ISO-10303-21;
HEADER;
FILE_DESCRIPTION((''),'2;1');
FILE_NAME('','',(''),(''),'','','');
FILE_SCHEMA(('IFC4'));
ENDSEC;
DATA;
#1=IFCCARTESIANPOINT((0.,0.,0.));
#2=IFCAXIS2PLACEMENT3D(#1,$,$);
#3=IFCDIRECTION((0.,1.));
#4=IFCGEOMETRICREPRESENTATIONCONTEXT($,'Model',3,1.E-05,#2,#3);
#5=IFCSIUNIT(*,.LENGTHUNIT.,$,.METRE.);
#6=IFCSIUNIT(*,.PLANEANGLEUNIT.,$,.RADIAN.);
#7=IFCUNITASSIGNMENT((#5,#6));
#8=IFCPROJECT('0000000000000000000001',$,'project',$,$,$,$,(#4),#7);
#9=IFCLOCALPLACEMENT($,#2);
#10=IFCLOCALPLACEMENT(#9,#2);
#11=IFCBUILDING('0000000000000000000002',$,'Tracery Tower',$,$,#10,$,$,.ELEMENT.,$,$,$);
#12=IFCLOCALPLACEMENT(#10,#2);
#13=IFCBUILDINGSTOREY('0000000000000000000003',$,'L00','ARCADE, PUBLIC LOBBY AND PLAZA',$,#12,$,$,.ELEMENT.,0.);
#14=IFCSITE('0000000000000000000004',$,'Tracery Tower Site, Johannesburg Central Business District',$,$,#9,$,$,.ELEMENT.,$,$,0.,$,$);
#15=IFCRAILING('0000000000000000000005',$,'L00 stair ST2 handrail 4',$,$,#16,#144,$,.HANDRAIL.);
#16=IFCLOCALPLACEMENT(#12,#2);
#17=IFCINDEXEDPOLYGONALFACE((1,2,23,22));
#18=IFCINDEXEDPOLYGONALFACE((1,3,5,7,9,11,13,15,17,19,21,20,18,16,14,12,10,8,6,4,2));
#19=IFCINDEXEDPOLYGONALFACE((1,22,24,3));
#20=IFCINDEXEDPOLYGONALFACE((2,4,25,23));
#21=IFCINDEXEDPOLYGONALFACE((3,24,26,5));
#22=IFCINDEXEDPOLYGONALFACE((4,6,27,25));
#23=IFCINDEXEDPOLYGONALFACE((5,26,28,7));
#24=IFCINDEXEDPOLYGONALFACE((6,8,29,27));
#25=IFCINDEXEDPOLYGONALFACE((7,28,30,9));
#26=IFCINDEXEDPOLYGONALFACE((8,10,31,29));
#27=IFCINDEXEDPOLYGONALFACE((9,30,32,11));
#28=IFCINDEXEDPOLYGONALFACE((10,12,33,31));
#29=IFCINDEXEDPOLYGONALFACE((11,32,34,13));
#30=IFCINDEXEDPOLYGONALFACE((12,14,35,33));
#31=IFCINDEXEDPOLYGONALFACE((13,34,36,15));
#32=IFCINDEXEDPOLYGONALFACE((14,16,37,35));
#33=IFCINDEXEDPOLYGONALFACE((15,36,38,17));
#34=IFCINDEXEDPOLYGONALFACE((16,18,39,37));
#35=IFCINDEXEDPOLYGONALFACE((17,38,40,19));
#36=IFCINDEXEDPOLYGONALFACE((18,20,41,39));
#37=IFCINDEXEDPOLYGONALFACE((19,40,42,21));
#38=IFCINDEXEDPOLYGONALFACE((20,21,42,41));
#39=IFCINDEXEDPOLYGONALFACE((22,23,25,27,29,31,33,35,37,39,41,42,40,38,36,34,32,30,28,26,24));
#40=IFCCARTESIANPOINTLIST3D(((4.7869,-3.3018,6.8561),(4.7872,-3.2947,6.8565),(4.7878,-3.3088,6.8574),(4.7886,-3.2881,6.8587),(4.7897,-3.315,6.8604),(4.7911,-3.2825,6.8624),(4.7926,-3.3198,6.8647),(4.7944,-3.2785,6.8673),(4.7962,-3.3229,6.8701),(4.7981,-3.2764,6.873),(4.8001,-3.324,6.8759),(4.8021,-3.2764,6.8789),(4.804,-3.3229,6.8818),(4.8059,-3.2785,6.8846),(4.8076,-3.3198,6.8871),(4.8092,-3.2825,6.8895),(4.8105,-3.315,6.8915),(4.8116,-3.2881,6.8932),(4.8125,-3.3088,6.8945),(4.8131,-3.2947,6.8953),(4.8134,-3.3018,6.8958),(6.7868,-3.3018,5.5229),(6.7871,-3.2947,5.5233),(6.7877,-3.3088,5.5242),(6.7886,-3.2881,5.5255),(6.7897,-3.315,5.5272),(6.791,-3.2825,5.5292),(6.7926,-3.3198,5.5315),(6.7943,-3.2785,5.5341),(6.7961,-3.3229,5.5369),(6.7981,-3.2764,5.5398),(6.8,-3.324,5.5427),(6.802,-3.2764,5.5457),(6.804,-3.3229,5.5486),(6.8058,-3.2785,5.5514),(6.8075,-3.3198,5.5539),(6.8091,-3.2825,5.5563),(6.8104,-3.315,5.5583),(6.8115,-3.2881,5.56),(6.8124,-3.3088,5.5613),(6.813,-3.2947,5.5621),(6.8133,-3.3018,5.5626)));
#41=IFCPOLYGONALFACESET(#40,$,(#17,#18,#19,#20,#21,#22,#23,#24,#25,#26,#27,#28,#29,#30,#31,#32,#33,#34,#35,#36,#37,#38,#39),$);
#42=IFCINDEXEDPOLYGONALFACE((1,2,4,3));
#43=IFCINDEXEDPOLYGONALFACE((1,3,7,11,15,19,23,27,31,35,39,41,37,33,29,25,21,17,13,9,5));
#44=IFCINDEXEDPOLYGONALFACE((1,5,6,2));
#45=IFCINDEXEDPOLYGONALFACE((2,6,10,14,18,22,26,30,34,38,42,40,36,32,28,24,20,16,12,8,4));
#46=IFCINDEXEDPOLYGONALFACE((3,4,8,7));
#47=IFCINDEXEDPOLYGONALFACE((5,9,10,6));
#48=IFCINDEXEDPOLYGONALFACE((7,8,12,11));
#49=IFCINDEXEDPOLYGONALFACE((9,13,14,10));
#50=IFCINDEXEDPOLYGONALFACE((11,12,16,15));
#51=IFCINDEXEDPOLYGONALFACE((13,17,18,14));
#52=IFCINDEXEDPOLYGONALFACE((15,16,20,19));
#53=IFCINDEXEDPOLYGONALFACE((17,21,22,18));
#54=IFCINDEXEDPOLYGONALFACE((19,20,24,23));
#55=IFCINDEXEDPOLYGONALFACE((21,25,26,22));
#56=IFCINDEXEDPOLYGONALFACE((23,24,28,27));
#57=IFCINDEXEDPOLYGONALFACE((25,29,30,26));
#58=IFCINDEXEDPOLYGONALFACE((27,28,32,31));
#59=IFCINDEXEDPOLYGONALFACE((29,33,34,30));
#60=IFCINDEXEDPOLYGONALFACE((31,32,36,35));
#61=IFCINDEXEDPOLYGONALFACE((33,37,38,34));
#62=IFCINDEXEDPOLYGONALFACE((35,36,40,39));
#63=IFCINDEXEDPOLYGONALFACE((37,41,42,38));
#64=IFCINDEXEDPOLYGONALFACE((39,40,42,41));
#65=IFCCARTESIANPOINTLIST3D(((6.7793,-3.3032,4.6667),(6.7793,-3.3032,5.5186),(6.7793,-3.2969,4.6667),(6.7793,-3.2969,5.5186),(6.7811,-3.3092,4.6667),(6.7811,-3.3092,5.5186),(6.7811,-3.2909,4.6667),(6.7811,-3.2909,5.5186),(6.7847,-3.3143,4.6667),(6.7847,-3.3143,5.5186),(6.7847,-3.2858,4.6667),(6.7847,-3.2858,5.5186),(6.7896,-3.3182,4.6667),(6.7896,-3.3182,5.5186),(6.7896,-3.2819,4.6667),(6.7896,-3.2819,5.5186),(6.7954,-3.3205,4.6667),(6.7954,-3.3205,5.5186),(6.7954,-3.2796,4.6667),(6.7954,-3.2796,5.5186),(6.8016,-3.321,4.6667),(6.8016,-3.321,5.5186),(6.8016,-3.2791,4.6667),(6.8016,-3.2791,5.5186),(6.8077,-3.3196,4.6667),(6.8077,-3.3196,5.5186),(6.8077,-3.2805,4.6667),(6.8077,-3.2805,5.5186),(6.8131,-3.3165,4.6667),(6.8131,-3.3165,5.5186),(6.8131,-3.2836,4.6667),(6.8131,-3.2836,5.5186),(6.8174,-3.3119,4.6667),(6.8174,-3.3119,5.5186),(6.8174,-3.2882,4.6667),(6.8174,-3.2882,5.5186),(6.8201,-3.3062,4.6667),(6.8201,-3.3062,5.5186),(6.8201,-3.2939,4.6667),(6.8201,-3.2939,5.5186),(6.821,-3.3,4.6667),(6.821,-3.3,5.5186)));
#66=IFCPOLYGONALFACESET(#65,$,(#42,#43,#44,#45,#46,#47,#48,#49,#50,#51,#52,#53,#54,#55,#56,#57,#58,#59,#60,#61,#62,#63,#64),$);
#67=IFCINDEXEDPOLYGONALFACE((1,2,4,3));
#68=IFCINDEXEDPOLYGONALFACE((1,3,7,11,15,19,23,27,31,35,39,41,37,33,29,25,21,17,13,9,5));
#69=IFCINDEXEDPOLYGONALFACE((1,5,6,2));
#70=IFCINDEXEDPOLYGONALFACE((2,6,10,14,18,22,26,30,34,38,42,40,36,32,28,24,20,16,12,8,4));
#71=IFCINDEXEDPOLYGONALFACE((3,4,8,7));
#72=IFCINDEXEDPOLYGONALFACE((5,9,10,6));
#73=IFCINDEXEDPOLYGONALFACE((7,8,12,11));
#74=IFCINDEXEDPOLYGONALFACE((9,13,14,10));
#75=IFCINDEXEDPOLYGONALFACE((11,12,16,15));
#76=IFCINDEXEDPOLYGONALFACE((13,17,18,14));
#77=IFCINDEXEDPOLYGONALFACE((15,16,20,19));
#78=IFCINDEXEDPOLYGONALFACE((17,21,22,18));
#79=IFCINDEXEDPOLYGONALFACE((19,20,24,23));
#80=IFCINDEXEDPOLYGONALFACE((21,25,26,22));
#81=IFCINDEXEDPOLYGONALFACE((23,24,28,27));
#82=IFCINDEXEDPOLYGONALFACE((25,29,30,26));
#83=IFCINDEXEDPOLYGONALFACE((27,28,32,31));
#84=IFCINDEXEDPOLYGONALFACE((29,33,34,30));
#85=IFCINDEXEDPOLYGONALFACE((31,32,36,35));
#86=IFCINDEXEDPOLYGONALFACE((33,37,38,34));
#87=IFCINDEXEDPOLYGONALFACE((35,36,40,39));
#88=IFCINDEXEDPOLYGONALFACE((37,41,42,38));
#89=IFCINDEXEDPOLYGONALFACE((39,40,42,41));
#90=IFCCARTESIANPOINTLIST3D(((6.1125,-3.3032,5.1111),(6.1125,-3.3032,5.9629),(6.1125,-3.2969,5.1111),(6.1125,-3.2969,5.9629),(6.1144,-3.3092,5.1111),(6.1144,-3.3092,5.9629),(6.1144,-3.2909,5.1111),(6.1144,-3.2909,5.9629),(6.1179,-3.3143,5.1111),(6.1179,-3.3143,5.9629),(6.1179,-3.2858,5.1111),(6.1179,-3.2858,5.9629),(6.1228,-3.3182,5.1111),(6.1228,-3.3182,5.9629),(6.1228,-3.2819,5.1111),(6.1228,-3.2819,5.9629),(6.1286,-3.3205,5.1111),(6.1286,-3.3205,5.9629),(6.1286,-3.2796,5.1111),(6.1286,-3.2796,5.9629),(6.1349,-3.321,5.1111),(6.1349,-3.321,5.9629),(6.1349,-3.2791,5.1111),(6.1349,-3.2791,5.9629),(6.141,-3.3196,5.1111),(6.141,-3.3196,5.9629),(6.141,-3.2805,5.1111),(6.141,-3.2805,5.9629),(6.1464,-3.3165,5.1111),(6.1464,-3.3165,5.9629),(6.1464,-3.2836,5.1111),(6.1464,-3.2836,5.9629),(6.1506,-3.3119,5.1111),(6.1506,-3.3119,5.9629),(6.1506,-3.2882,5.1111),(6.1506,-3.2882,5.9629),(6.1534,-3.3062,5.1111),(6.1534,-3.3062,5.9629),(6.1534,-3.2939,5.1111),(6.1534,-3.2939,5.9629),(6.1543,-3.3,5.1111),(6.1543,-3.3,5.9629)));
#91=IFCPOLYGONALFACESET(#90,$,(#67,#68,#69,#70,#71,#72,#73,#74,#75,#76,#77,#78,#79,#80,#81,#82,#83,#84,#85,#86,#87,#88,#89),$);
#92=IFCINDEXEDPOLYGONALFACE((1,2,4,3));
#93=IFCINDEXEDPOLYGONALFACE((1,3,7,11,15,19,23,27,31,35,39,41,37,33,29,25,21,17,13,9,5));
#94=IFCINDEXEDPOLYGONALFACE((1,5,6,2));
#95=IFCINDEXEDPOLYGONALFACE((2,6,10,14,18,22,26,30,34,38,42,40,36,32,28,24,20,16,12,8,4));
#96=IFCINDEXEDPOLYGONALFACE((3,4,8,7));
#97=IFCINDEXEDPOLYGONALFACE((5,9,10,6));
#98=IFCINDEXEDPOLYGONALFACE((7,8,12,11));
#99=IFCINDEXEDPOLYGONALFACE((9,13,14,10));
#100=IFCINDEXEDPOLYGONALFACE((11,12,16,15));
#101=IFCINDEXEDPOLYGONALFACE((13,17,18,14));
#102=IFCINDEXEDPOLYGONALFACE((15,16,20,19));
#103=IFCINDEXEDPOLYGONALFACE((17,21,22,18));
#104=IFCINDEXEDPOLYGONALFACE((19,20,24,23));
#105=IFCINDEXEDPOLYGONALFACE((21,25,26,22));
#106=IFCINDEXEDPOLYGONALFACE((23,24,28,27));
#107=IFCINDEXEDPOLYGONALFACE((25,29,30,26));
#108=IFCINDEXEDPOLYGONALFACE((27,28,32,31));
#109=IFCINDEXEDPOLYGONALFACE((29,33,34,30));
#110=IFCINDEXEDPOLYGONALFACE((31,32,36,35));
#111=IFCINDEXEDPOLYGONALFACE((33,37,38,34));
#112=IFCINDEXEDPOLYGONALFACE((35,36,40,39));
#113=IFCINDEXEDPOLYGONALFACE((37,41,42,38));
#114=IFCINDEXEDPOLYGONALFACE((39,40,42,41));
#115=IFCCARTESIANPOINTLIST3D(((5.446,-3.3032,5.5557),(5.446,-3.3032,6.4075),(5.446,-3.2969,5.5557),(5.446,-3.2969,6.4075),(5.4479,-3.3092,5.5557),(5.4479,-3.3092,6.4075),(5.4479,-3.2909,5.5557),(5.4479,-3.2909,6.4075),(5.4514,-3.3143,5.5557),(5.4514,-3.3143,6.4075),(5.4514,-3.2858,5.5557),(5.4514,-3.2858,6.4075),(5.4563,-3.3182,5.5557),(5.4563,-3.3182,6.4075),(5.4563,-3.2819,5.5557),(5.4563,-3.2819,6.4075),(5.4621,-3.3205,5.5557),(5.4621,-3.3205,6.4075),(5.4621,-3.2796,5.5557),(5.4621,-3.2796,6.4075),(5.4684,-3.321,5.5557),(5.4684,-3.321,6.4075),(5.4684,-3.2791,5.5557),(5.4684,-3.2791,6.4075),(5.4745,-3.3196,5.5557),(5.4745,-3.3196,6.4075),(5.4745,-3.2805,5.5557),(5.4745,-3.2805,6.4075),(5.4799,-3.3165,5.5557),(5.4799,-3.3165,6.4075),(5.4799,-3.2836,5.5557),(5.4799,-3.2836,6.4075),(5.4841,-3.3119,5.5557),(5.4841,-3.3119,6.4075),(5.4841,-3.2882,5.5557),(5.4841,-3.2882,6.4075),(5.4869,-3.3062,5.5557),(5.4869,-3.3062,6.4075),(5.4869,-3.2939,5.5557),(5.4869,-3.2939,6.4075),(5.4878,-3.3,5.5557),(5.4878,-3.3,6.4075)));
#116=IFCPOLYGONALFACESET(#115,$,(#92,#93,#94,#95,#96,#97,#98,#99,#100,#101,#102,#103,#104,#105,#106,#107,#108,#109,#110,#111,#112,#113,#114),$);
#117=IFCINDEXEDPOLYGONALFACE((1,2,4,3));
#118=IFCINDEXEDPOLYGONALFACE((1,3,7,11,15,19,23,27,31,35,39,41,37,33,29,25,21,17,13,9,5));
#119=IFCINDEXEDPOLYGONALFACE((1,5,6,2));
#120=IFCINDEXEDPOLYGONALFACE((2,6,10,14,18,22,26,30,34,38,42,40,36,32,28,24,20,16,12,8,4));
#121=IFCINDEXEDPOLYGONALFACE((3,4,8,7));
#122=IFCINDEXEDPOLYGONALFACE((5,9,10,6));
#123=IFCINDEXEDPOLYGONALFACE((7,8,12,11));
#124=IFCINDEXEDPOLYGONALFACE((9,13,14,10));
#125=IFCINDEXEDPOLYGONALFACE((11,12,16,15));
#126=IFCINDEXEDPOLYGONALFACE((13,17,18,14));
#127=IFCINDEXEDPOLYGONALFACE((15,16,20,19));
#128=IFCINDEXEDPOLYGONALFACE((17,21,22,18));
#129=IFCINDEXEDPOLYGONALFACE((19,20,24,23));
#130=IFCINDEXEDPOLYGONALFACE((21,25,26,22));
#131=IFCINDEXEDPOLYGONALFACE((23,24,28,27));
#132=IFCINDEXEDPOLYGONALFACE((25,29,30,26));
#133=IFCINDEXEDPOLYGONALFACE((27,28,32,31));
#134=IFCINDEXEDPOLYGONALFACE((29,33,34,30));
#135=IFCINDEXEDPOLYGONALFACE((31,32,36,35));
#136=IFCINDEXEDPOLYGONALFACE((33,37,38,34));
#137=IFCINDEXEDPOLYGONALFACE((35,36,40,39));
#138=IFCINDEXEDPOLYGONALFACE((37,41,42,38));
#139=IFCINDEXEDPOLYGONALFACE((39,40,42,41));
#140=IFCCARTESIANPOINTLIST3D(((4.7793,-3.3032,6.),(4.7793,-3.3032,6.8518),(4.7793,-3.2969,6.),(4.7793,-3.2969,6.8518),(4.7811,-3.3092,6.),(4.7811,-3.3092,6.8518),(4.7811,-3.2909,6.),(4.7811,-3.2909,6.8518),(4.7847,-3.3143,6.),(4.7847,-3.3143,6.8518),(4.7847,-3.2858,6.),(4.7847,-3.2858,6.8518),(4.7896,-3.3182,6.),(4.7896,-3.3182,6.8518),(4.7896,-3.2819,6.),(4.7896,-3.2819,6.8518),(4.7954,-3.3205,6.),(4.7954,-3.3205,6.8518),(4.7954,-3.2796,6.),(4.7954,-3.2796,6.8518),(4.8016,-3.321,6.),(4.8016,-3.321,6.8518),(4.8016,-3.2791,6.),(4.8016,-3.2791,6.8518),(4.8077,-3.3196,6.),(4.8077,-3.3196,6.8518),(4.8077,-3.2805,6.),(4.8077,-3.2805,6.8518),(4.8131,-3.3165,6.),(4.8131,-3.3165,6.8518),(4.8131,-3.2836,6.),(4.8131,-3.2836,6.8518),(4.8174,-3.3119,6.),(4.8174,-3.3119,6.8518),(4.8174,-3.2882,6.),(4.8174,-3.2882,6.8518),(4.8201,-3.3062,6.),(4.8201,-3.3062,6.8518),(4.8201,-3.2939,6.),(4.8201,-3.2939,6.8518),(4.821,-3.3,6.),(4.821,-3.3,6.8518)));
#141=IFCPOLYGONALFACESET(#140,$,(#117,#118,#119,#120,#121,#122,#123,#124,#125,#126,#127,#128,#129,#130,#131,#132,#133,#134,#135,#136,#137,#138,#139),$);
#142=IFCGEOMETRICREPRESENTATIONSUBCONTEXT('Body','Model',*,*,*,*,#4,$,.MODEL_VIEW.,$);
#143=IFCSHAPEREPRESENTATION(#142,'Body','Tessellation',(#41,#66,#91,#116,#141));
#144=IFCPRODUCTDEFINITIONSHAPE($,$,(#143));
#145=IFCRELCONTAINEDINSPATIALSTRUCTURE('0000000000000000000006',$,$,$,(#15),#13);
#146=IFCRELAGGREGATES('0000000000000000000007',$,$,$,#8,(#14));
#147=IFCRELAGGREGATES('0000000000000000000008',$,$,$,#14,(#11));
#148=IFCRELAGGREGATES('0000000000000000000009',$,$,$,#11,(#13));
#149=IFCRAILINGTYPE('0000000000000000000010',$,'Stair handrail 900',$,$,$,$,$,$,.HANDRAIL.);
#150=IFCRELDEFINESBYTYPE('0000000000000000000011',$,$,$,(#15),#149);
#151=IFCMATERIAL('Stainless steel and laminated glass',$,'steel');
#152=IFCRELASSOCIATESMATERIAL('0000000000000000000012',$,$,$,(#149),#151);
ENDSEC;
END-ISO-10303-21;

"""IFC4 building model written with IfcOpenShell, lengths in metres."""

from ifc_helpers import new_model, si_unit, direction, frame, origin, origin_2d, place, context, subcontext, project, spatial, circle, extrude, material, type_object, element, save


model = new_model("IFC4")

# Units and contexts
model_context = context("Model", 3, precision=1e-05, world=origin(), true_north=direction((0.0, 1.0)))
body_context = subcontext(model_context, "Body", "Model", "MODEL_VIEW")
ifc_project = project(units=[si_unit("LENGTHUNIT", "METRE"), si_unit("PLANEANGLEUNIT", "RADIAN")], contexts=[model_context])

# Site, building, storey
site_placement = place(None, origin())
site = spatial("IfcSite", under=ifc_project, at=site_placement, Name="Tracery Tower Site, Johannesburg Central Business District", CompositionType="ELEMENT", RefElevation=0.0)
building_placement = place(site_placement, origin())
building = spatial("IfcBuilding", under=site, at=building_placement, Name="Tracery Tower", CompositionType="ELEMENT")
storey_placement = place(building_placement, origin())
storey = spatial("IfcBuildingStorey", under=building, at=storey_placement, Name="L00", Description="ARCADE, PUBLIC LOBBY AND PLAZA", CompositionType="ELEMENT", Elevation=0.0)

# Railing
ifc_material_1 = material(Name="Stainless steel and laminated glass", Category="steel")
railing_type_1 = type_object("IfcRailingType", Name="Stair handrail 900", PredefinedType="HANDRAIL", material=ifc_material_1)
railing_1_placement = place(storey_placement, frame((6.8, -3.3, 4.6667)))
element("IfcRailing", 1, at=railing_1_placement, inside=storey, type_object=railing_type_1, Name="L00 stair ST2 handrail 4", PredefinedType="HANDRAIL", context=body_context, shape_type="SweptSolid", body=[
    extrude(circle(Radius=0.0239, at=origin_2d()), frame((0.0, 0.0, 0.876), z_axis=(-0.832066, 0.0, 0.554677), x_axis=(0.0, -1.0, 0.0)), (0.0, 0.0, 1.0), 2.4036),
    extrude(circle(Radius=0.021, at=origin_2d()), origin(), (0.0, 0.0, 1.0), 0.8518),
    extrude(circle(Radius=0.021, at=origin_2d()), frame((-0.6667, 0.0, 0.4443)), (0.0, 0.0, 1.0), 0.8518),
    extrude(circle(Radius=0.021, at=origin_2d()), frame((-1.3333, 0.0, 0.8889)), (0.0, 0.0, 1.0), 0.8518),
    extrude(circle(Radius=0.021, at=origin_2d()), frame((-2.0, 0.0, 1.3333)), (0.0, 0.0, 1.0), 0.8518),
])

save(model, "model.ifc")
